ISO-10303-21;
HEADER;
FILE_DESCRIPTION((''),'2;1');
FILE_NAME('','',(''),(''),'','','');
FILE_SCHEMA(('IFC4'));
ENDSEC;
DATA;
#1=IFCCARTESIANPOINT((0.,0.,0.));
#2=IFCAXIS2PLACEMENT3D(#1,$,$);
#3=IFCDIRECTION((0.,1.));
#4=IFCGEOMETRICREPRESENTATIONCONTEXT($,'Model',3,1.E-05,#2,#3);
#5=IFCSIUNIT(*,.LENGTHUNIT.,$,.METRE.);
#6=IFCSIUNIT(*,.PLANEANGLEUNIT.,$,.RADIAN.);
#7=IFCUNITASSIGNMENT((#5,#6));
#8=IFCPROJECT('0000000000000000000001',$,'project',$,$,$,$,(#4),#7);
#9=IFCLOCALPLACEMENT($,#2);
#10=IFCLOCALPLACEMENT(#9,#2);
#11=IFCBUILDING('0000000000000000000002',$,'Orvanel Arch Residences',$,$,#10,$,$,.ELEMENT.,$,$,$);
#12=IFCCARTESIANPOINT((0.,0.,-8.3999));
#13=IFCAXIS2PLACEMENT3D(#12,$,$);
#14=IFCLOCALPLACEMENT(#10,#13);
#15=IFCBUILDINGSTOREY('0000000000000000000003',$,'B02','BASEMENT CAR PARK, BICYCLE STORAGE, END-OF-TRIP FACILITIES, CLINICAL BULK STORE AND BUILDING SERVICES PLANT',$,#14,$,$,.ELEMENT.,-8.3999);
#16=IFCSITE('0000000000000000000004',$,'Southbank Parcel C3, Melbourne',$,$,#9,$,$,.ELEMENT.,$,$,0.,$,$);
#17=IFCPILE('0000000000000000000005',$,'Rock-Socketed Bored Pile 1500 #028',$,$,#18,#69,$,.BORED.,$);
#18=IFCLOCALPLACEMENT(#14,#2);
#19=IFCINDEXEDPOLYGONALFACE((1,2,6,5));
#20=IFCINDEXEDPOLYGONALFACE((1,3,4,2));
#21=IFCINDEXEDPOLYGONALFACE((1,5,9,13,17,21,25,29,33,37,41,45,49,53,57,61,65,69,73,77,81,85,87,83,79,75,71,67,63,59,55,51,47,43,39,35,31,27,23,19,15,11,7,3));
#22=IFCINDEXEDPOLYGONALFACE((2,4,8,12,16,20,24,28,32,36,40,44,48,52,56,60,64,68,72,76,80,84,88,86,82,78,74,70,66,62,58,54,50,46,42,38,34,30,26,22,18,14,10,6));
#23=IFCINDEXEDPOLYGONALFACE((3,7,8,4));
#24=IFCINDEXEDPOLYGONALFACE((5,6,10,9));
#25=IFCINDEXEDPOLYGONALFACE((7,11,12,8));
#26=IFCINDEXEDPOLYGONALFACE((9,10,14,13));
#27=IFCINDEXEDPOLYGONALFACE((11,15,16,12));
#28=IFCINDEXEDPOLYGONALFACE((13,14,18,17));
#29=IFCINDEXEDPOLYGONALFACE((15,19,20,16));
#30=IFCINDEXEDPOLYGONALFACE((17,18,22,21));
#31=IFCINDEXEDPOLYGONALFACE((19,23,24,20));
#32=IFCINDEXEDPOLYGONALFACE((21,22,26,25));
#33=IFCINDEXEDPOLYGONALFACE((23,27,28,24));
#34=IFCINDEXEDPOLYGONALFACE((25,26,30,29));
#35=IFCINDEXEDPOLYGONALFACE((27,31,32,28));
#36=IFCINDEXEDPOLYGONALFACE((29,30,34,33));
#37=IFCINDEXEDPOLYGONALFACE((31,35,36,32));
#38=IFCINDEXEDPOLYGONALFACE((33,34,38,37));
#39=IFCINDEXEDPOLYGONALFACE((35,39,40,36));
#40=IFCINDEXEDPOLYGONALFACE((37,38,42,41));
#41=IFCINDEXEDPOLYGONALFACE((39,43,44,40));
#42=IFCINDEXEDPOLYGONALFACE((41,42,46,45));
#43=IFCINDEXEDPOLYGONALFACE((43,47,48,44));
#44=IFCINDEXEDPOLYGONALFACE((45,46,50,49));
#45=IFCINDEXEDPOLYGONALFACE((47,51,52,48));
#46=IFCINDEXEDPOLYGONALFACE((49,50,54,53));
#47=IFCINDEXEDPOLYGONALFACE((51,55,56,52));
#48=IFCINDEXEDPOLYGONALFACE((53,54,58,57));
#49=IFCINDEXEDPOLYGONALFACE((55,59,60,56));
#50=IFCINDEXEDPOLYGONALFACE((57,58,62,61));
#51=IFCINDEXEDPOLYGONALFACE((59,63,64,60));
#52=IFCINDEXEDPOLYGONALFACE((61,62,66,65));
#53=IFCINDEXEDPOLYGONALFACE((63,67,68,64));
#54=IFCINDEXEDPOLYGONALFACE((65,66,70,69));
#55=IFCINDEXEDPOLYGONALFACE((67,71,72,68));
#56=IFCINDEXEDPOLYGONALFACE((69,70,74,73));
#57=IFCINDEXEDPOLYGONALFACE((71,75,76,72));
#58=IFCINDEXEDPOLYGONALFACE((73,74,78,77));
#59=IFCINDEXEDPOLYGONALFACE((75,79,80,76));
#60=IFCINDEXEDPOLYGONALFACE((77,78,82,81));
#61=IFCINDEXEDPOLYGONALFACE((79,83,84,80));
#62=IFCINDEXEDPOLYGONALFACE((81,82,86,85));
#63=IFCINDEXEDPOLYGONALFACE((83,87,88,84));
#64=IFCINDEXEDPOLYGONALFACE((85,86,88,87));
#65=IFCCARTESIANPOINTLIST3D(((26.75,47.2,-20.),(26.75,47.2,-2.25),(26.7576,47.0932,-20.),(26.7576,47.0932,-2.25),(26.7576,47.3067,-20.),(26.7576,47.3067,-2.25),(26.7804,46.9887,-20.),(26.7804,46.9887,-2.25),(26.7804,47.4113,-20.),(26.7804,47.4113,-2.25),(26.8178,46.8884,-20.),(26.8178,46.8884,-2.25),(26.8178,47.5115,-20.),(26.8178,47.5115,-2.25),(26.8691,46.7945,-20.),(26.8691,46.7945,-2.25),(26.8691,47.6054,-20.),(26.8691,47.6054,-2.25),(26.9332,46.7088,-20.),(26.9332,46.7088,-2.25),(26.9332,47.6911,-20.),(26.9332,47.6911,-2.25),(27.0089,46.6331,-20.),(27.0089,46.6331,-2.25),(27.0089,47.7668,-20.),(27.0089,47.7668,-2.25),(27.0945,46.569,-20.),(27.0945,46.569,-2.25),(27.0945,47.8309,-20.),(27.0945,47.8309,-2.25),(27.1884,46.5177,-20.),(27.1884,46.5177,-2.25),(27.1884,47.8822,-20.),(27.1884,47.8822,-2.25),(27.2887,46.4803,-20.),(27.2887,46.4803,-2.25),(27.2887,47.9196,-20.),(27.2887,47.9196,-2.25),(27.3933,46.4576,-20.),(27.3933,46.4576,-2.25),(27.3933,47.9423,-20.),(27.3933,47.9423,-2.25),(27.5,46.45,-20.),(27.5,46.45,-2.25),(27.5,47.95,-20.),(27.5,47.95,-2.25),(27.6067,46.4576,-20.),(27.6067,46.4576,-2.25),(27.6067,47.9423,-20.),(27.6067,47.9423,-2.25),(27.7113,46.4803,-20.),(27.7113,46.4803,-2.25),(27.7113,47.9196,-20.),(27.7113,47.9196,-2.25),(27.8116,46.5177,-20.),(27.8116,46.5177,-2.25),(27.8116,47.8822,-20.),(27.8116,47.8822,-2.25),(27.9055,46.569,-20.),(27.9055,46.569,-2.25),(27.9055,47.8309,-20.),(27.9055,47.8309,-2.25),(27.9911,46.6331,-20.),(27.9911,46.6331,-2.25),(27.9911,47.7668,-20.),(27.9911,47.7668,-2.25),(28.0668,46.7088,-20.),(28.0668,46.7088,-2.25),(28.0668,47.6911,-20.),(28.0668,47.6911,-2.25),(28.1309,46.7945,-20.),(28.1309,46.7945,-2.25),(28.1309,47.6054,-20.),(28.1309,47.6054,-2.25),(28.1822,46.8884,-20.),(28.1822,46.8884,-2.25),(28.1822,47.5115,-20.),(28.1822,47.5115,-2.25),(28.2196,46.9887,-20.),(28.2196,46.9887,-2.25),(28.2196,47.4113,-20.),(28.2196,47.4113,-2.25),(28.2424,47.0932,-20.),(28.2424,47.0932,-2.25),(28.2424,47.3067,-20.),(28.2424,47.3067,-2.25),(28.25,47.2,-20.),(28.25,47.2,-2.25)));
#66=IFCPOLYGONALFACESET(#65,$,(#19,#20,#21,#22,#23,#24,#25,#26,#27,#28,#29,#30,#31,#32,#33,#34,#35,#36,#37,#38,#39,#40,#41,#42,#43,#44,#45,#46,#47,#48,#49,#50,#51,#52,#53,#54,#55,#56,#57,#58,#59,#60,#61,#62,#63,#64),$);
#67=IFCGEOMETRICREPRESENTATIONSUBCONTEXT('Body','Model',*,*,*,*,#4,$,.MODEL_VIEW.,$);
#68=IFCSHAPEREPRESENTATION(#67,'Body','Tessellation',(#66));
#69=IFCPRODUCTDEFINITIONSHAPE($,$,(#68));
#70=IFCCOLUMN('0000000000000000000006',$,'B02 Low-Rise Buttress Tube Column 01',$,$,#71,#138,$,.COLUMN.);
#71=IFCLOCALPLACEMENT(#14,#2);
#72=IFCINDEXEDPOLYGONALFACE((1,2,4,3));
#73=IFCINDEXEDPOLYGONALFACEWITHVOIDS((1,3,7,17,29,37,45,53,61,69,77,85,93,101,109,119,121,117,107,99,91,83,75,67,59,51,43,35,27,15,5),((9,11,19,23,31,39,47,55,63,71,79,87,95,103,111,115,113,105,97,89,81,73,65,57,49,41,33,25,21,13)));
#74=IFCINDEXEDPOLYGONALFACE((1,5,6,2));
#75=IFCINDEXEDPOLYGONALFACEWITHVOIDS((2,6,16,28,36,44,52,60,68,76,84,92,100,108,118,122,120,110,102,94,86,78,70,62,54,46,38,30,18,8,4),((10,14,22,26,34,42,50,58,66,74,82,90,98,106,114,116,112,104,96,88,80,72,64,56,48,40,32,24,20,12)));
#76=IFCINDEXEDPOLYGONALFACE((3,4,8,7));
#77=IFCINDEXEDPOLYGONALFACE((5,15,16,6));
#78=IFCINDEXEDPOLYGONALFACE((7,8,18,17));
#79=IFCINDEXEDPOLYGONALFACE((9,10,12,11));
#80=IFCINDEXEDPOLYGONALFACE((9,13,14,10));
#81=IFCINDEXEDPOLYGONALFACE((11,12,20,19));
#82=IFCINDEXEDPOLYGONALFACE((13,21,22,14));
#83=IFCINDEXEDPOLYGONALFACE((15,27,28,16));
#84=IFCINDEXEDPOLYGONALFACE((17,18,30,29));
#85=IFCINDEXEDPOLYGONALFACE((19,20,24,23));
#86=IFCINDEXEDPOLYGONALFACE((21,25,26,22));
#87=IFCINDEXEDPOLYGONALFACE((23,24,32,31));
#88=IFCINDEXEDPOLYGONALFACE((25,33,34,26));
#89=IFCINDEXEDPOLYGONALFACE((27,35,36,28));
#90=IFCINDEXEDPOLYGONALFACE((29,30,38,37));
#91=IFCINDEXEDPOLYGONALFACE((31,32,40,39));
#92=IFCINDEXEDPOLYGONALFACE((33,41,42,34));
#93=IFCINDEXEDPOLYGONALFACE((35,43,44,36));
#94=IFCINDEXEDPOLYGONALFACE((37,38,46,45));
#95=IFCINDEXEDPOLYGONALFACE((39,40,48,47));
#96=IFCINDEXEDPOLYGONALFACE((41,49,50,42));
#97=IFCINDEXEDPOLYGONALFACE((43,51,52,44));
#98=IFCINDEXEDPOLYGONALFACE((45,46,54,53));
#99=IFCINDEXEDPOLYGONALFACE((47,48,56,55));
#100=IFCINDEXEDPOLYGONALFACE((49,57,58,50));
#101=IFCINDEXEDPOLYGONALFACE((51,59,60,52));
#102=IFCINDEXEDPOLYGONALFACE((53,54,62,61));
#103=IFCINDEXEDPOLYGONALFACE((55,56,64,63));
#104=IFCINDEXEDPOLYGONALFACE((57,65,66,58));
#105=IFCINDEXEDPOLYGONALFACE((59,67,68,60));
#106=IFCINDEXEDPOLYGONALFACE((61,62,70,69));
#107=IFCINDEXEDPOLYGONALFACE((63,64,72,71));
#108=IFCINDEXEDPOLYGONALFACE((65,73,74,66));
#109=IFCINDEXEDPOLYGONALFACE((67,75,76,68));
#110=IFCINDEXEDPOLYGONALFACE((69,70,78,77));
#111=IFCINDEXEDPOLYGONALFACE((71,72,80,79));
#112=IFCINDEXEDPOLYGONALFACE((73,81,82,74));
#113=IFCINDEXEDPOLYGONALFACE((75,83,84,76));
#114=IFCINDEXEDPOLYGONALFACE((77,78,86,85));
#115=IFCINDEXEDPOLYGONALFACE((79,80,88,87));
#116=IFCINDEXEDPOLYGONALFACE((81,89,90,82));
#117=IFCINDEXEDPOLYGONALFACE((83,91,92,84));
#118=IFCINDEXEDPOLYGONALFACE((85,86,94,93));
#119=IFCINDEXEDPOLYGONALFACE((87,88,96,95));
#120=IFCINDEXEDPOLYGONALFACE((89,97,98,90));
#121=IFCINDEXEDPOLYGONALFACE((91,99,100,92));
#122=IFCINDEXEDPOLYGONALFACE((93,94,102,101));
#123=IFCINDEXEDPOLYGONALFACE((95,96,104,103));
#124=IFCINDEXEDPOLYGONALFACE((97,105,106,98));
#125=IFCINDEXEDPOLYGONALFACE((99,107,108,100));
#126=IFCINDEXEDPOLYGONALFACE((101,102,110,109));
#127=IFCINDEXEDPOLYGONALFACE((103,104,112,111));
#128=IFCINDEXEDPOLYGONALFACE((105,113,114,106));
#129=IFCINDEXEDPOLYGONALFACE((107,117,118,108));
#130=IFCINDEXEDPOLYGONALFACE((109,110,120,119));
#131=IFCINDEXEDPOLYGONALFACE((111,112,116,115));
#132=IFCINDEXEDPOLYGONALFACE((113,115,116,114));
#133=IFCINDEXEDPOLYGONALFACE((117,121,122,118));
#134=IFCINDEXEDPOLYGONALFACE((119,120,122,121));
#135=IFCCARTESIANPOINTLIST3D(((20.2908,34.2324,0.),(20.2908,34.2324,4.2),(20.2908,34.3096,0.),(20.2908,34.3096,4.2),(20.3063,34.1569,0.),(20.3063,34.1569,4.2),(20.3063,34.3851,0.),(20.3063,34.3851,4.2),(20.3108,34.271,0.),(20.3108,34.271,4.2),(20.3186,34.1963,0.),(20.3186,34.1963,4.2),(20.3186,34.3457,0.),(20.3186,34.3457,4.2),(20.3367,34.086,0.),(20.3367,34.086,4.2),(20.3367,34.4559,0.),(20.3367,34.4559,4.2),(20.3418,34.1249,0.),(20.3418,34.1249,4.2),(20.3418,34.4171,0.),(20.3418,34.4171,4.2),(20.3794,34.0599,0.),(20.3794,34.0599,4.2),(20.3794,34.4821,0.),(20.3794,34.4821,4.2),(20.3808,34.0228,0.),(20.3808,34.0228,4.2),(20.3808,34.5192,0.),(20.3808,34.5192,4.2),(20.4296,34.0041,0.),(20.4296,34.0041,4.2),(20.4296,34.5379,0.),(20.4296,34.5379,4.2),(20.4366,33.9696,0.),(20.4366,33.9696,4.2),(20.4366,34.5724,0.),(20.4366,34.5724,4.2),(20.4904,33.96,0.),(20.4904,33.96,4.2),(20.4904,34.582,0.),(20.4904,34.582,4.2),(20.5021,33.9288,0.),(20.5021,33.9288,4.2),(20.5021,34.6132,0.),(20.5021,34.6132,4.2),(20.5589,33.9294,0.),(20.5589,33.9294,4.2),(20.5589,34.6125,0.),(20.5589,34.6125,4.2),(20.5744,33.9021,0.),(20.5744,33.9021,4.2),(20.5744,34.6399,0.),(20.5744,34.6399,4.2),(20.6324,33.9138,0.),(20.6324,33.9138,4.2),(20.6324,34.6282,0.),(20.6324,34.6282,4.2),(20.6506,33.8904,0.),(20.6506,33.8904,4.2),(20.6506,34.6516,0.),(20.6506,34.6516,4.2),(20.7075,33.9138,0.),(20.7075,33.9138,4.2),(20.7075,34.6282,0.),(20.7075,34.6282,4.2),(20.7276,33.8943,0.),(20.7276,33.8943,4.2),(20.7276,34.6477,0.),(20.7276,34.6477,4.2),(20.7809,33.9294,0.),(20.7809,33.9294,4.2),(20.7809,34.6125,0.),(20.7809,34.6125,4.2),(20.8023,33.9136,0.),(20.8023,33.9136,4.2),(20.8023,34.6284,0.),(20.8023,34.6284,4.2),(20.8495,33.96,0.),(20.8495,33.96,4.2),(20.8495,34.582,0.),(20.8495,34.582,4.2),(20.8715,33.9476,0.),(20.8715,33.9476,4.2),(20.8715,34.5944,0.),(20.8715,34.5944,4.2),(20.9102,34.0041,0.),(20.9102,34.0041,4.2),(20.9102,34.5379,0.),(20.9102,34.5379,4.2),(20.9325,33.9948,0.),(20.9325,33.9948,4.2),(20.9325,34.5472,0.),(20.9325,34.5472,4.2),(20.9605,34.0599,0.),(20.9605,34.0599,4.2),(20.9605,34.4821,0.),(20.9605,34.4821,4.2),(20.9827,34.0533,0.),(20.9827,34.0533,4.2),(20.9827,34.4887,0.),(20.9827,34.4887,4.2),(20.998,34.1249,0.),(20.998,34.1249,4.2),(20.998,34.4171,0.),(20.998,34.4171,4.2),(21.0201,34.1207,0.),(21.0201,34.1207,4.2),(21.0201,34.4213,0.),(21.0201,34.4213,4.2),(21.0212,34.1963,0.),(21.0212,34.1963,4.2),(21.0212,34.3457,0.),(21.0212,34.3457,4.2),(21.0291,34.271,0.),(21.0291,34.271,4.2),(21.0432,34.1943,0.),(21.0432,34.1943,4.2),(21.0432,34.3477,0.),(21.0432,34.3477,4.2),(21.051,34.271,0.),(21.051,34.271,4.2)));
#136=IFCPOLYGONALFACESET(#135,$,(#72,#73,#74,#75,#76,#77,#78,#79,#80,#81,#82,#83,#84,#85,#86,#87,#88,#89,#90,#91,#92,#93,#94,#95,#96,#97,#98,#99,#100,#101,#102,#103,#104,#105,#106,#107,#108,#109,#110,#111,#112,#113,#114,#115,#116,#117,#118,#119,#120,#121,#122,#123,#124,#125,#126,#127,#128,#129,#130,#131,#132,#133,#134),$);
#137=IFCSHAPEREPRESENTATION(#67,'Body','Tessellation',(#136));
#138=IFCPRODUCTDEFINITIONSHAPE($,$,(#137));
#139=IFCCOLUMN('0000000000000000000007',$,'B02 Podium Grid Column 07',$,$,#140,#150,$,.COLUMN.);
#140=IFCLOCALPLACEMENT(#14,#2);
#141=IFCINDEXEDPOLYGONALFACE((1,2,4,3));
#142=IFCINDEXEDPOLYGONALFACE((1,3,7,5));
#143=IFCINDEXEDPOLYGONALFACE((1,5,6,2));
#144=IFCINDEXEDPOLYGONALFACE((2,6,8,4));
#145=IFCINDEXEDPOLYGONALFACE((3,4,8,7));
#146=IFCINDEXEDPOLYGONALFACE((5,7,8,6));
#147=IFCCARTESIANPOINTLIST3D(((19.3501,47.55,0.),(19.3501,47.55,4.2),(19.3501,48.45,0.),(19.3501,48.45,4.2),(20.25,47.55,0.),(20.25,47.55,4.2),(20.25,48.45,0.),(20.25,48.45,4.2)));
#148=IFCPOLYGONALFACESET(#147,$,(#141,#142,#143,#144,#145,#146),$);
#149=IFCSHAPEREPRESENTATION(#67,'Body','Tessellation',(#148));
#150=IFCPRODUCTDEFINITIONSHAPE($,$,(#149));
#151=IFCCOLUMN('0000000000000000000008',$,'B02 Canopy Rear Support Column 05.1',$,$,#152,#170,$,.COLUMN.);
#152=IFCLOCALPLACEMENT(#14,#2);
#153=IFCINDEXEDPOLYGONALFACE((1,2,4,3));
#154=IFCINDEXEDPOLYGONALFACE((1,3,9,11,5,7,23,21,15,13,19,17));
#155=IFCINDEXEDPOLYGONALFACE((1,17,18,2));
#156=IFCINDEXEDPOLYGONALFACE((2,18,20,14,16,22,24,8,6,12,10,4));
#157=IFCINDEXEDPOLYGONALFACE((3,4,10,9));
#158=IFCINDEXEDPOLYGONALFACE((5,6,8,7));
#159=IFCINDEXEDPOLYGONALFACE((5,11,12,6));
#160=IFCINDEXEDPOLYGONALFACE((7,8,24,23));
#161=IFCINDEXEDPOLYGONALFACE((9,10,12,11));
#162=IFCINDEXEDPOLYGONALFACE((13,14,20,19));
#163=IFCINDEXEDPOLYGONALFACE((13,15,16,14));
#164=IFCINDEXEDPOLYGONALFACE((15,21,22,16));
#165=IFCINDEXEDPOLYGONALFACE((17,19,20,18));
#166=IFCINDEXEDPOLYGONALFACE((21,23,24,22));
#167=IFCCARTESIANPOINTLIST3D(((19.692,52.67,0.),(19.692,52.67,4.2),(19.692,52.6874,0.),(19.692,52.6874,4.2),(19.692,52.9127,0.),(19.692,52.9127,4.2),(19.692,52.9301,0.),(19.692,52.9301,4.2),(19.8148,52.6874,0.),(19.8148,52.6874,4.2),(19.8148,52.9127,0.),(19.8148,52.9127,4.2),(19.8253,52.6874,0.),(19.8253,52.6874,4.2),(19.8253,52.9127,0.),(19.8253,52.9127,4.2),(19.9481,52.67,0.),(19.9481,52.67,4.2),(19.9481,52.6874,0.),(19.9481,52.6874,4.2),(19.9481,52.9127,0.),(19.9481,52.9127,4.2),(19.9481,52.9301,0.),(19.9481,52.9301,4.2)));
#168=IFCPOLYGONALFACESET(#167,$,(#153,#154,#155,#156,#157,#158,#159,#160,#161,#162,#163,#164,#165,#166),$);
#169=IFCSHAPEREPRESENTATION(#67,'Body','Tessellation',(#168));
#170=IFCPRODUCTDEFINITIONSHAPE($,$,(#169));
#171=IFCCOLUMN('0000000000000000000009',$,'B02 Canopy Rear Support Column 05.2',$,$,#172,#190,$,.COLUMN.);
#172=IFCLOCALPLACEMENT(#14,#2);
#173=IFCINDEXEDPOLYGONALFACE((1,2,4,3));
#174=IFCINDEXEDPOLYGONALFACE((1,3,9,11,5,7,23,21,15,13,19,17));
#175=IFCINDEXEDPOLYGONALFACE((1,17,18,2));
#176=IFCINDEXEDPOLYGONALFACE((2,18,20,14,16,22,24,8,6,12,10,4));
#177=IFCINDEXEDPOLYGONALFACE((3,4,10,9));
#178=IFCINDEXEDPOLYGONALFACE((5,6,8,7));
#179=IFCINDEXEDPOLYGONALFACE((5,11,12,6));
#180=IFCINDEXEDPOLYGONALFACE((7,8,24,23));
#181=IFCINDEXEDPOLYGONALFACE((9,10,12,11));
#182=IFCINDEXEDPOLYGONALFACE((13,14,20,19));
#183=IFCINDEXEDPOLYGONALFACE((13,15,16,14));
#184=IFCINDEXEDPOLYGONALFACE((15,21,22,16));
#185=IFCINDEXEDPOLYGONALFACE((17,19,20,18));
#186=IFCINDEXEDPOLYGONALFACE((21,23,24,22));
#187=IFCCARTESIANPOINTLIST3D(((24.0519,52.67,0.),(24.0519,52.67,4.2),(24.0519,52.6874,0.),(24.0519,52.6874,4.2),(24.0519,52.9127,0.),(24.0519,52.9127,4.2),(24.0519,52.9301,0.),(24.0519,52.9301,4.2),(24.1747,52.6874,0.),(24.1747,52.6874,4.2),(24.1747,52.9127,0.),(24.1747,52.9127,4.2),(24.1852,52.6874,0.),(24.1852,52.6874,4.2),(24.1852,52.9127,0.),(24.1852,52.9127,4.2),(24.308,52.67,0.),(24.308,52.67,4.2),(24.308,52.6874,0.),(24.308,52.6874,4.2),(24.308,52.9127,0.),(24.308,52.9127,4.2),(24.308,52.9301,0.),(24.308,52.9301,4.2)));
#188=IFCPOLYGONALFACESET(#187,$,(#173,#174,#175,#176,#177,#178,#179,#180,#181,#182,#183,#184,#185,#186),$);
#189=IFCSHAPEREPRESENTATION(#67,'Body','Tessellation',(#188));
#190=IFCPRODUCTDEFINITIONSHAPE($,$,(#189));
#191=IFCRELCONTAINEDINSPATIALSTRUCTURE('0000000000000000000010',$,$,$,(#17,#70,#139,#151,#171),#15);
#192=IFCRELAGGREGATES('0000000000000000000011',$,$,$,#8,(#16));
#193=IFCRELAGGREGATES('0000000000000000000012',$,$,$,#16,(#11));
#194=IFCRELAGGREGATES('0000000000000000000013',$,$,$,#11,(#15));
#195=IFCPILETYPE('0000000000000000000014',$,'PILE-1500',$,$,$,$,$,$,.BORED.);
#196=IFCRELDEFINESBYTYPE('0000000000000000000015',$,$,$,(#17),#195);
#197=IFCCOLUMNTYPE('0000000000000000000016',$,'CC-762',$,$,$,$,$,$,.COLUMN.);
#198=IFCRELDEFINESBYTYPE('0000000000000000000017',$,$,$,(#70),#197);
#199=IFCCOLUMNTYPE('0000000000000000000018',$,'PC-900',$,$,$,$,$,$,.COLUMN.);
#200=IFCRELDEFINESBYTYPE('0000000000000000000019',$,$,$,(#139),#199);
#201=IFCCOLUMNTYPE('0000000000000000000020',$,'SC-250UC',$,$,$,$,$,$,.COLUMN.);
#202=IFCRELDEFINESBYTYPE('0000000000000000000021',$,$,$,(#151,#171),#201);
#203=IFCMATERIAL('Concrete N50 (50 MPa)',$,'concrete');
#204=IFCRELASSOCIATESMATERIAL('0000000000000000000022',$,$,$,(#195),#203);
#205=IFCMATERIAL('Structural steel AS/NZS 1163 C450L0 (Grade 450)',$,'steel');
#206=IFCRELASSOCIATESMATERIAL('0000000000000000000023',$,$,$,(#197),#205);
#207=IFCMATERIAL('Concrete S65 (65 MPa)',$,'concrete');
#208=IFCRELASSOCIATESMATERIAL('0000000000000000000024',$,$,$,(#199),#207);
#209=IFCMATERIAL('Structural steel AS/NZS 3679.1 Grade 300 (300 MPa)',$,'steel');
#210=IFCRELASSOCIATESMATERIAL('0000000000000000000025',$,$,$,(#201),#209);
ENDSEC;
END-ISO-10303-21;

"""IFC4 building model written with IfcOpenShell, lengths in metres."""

from ifc_helpers import new_model, si_unit, direction, frame, origin, origin_2d, place, context, subcontext, project, spatial, rectangle, circle, hollow_circle, i_section, extrude, material, material_profile, profile_set, type_object, element, save


model = new_model("IFC4")

# Units and contexts
model_context = context("Model", 3, precision=1e-05, world=origin(), true_north=direction((0.0, 1.0)))
body_context = subcontext(model_context, "Body", "Model", "MODEL_VIEW")
ifc_project = project(units=[si_unit("LENGTHUNIT", "METRE"), si_unit("PLANEANGLEUNIT", "RADIAN")], contexts=[model_context])

# Site, building, storey
site_placement = place(None, origin())
site = spatial("IfcSite", under=ifc_project, at=site_placement, Name="Southbank Parcel C3, Melbourne", CompositionType="ELEMENT", RefElevation=0.0)
building_placement = place(site_placement, origin())
building = spatial("IfcBuilding", under=site, at=building_placement, Name="Orvanel Arch Residences", CompositionType="ELEMENT")
storey_placement = place(building_placement, frame((0.0, 0.0, -8.3999)))
storey = spatial("IfcBuildingStorey", under=building, at=storey_placement, Name="B02", Description="BASEMENT CAR PARK, BICYCLE STORAGE, END-OF-TRIP FACILITIES, CLINICAL BULK STORE AND BUILDING SERVICES PLANT", CompositionType="ELEMENT", Elevation=-8.3999)

# Shared definitions
ifc_material_1 = material(Name="Concrete N50 (50 MPa)", Category="concrete")

# Pile
ifc_material_profile_1 = material_profile(ifc_material_1, circle(Radius=0.75, at=origin_2d()), Name="PILE1500")
ifc_profile_set_1 = profile_set([ifc_material_profile_1], Name="Concrete N50 (50 MPa)")
pile_type_1 = type_object("IfcPileType", Name="PILE-1500", PredefinedType="BORED", material=ifc_profile_set_1)
for number, where, z_axis, x_axis, name in (
    (1, (27.5, 47.2, -2.25), (0.0, 0.0, -1.0), (1.0, 0.0, 0.0), "Rock-Socketed Bored Pile 1500 #028"),
):
    element("IfcPile", number, at=place(storey_placement, frame(where, z_axis=z_axis, x_axis=x_axis)), inside=storey, type_object=pile_type_1, Name=name, PredefinedType="BORED", context=body_context, shape_type="SweptSolid", body=[
        extrude(circle(Radius=0.75, at=origin_2d()), origin(), (0.0, 0.0, 1.0), 17.75),
    ])

# Columns
ifc_material_2 = material(Name="Structural steel AS/NZS 1163 C450L0 (Grade 450)", Category="steel")
ifc_material_profile_2 = material_profile(ifc_material_2, hollow_circle(Radius=0.3811, WallThickness=0.022, at=origin_2d()), Name="CHS762x22")
ifc_profile_set_2 = profile_set([ifc_material_profile_2], Name="Structural steel AS/NZS 1163 C450L0 (Grade 450)")
column_type_1 = type_object("IfcColumnType", Name="CC-762", PredefinedType="COLUMN", material=ifc_profile_set_2)
column_1_placement = place(storey_placement, frame((20.6699, 34.271, 0.0), z_axis=(0.0, 0.0, 1.0), x_axis=(1.0, 0.0, 0.0)))
element("IfcColumn", 2, at=column_1_placement, inside=storey, type_object=column_type_1, Name="B02 Low-Rise Buttress Tube Column 01", PredefinedType="COLUMN", context=body_context, shape_type="SweptSolid", body=[
    extrude(hollow_circle(Radius=0.3811, WallThickness=0.022, at=origin_2d()), origin(), (0.0, 0.0, 1.0), 4.2),
])
ifc_material_3 = material(Name="Concrete S65 (65 MPa)", Category="concrete")
ifc_material_profile_3 = material_profile(ifc_material_3, rectangle(XDim=0.8999, YDim=0.8999, at=origin_2d()), Name="RC900x900")
ifc_profile_set_3 = profile_set([ifc_material_profile_3], Name="Concrete S65 (65 MPa)")
column_type_2 = type_object("IfcColumnType", Name="PC-900", PredefinedType="COLUMN", material=ifc_profile_set_3)
column_2_placement = place(storey_placement, frame((19.8, 48.0, 0.0), z_axis=(0.0, 0.0, 1.0), x_axis=(1.0, 0.0, 0.0)))
element("IfcColumn", 3, at=column_2_placement, inside=storey, type_object=column_type_2, Name="B02 Podium Grid Column 07", PredefinedType="COLUMN", context=body_context, shape_type="SweptSolid", body=[
    extrude(rectangle(XDim=0.8999, YDim=0.8999, at=origin_2d()), origin(), (0.0, 0.0, 1.0), 4.2),
])
ifc_material_4 = material(Name="Structural steel AS/NZS 3679.1 Grade 300 (300 MPa)", Category="steel")
ifc_material_profile_4 = material_profile(ifc_material_4, i_section(OverallWidth=0.2561, OverallDepth=0.26, WebThickness=0.0105, FlangeThickness=0.0173, at=origin_2d()), Name="250UC89.5")
ifc_profile_set_4 = profile_set([ifc_material_profile_4], Name="Structural steel AS/NZS 3679.1 Grade 300 (300 MPa)")
column_type_3 = type_object("IfcColumnType", Name="SC-250UC", PredefinedType="COLUMN", material=ifc_profile_set_4)
for number, where, z_axis, x_axis, name in (
    (4, (19.8201, 52.8, 0.0), (0.0, 0.0, 1.0), (1.0, 0.0, 0.0), "B02 Canopy Rear Support Column 05.1"),
    (5, (24.1799, 52.8, 0.0), (0.0, 0.0, 1.0), (1.0, 0.0, 0.0), "B02 Canopy Rear Support Column 05.2"),
):
    element("IfcColumn", number, at=place(storey_placement, frame(where, z_axis=z_axis, x_axis=x_axis)), inside=storey, type_object=column_type_3, Name=name, PredefinedType="COLUMN", context=body_context, shape_type="SweptSolid", body=[
        extrude(i_section(OverallWidth=0.2561, OverallDepth=0.26, WebThickness=0.0105, FlangeThickness=0.0173, at=origin_2d()), origin(), (0.0, 0.0, 1.0), 4.2),
    ])

save(model, "model.ifc")
